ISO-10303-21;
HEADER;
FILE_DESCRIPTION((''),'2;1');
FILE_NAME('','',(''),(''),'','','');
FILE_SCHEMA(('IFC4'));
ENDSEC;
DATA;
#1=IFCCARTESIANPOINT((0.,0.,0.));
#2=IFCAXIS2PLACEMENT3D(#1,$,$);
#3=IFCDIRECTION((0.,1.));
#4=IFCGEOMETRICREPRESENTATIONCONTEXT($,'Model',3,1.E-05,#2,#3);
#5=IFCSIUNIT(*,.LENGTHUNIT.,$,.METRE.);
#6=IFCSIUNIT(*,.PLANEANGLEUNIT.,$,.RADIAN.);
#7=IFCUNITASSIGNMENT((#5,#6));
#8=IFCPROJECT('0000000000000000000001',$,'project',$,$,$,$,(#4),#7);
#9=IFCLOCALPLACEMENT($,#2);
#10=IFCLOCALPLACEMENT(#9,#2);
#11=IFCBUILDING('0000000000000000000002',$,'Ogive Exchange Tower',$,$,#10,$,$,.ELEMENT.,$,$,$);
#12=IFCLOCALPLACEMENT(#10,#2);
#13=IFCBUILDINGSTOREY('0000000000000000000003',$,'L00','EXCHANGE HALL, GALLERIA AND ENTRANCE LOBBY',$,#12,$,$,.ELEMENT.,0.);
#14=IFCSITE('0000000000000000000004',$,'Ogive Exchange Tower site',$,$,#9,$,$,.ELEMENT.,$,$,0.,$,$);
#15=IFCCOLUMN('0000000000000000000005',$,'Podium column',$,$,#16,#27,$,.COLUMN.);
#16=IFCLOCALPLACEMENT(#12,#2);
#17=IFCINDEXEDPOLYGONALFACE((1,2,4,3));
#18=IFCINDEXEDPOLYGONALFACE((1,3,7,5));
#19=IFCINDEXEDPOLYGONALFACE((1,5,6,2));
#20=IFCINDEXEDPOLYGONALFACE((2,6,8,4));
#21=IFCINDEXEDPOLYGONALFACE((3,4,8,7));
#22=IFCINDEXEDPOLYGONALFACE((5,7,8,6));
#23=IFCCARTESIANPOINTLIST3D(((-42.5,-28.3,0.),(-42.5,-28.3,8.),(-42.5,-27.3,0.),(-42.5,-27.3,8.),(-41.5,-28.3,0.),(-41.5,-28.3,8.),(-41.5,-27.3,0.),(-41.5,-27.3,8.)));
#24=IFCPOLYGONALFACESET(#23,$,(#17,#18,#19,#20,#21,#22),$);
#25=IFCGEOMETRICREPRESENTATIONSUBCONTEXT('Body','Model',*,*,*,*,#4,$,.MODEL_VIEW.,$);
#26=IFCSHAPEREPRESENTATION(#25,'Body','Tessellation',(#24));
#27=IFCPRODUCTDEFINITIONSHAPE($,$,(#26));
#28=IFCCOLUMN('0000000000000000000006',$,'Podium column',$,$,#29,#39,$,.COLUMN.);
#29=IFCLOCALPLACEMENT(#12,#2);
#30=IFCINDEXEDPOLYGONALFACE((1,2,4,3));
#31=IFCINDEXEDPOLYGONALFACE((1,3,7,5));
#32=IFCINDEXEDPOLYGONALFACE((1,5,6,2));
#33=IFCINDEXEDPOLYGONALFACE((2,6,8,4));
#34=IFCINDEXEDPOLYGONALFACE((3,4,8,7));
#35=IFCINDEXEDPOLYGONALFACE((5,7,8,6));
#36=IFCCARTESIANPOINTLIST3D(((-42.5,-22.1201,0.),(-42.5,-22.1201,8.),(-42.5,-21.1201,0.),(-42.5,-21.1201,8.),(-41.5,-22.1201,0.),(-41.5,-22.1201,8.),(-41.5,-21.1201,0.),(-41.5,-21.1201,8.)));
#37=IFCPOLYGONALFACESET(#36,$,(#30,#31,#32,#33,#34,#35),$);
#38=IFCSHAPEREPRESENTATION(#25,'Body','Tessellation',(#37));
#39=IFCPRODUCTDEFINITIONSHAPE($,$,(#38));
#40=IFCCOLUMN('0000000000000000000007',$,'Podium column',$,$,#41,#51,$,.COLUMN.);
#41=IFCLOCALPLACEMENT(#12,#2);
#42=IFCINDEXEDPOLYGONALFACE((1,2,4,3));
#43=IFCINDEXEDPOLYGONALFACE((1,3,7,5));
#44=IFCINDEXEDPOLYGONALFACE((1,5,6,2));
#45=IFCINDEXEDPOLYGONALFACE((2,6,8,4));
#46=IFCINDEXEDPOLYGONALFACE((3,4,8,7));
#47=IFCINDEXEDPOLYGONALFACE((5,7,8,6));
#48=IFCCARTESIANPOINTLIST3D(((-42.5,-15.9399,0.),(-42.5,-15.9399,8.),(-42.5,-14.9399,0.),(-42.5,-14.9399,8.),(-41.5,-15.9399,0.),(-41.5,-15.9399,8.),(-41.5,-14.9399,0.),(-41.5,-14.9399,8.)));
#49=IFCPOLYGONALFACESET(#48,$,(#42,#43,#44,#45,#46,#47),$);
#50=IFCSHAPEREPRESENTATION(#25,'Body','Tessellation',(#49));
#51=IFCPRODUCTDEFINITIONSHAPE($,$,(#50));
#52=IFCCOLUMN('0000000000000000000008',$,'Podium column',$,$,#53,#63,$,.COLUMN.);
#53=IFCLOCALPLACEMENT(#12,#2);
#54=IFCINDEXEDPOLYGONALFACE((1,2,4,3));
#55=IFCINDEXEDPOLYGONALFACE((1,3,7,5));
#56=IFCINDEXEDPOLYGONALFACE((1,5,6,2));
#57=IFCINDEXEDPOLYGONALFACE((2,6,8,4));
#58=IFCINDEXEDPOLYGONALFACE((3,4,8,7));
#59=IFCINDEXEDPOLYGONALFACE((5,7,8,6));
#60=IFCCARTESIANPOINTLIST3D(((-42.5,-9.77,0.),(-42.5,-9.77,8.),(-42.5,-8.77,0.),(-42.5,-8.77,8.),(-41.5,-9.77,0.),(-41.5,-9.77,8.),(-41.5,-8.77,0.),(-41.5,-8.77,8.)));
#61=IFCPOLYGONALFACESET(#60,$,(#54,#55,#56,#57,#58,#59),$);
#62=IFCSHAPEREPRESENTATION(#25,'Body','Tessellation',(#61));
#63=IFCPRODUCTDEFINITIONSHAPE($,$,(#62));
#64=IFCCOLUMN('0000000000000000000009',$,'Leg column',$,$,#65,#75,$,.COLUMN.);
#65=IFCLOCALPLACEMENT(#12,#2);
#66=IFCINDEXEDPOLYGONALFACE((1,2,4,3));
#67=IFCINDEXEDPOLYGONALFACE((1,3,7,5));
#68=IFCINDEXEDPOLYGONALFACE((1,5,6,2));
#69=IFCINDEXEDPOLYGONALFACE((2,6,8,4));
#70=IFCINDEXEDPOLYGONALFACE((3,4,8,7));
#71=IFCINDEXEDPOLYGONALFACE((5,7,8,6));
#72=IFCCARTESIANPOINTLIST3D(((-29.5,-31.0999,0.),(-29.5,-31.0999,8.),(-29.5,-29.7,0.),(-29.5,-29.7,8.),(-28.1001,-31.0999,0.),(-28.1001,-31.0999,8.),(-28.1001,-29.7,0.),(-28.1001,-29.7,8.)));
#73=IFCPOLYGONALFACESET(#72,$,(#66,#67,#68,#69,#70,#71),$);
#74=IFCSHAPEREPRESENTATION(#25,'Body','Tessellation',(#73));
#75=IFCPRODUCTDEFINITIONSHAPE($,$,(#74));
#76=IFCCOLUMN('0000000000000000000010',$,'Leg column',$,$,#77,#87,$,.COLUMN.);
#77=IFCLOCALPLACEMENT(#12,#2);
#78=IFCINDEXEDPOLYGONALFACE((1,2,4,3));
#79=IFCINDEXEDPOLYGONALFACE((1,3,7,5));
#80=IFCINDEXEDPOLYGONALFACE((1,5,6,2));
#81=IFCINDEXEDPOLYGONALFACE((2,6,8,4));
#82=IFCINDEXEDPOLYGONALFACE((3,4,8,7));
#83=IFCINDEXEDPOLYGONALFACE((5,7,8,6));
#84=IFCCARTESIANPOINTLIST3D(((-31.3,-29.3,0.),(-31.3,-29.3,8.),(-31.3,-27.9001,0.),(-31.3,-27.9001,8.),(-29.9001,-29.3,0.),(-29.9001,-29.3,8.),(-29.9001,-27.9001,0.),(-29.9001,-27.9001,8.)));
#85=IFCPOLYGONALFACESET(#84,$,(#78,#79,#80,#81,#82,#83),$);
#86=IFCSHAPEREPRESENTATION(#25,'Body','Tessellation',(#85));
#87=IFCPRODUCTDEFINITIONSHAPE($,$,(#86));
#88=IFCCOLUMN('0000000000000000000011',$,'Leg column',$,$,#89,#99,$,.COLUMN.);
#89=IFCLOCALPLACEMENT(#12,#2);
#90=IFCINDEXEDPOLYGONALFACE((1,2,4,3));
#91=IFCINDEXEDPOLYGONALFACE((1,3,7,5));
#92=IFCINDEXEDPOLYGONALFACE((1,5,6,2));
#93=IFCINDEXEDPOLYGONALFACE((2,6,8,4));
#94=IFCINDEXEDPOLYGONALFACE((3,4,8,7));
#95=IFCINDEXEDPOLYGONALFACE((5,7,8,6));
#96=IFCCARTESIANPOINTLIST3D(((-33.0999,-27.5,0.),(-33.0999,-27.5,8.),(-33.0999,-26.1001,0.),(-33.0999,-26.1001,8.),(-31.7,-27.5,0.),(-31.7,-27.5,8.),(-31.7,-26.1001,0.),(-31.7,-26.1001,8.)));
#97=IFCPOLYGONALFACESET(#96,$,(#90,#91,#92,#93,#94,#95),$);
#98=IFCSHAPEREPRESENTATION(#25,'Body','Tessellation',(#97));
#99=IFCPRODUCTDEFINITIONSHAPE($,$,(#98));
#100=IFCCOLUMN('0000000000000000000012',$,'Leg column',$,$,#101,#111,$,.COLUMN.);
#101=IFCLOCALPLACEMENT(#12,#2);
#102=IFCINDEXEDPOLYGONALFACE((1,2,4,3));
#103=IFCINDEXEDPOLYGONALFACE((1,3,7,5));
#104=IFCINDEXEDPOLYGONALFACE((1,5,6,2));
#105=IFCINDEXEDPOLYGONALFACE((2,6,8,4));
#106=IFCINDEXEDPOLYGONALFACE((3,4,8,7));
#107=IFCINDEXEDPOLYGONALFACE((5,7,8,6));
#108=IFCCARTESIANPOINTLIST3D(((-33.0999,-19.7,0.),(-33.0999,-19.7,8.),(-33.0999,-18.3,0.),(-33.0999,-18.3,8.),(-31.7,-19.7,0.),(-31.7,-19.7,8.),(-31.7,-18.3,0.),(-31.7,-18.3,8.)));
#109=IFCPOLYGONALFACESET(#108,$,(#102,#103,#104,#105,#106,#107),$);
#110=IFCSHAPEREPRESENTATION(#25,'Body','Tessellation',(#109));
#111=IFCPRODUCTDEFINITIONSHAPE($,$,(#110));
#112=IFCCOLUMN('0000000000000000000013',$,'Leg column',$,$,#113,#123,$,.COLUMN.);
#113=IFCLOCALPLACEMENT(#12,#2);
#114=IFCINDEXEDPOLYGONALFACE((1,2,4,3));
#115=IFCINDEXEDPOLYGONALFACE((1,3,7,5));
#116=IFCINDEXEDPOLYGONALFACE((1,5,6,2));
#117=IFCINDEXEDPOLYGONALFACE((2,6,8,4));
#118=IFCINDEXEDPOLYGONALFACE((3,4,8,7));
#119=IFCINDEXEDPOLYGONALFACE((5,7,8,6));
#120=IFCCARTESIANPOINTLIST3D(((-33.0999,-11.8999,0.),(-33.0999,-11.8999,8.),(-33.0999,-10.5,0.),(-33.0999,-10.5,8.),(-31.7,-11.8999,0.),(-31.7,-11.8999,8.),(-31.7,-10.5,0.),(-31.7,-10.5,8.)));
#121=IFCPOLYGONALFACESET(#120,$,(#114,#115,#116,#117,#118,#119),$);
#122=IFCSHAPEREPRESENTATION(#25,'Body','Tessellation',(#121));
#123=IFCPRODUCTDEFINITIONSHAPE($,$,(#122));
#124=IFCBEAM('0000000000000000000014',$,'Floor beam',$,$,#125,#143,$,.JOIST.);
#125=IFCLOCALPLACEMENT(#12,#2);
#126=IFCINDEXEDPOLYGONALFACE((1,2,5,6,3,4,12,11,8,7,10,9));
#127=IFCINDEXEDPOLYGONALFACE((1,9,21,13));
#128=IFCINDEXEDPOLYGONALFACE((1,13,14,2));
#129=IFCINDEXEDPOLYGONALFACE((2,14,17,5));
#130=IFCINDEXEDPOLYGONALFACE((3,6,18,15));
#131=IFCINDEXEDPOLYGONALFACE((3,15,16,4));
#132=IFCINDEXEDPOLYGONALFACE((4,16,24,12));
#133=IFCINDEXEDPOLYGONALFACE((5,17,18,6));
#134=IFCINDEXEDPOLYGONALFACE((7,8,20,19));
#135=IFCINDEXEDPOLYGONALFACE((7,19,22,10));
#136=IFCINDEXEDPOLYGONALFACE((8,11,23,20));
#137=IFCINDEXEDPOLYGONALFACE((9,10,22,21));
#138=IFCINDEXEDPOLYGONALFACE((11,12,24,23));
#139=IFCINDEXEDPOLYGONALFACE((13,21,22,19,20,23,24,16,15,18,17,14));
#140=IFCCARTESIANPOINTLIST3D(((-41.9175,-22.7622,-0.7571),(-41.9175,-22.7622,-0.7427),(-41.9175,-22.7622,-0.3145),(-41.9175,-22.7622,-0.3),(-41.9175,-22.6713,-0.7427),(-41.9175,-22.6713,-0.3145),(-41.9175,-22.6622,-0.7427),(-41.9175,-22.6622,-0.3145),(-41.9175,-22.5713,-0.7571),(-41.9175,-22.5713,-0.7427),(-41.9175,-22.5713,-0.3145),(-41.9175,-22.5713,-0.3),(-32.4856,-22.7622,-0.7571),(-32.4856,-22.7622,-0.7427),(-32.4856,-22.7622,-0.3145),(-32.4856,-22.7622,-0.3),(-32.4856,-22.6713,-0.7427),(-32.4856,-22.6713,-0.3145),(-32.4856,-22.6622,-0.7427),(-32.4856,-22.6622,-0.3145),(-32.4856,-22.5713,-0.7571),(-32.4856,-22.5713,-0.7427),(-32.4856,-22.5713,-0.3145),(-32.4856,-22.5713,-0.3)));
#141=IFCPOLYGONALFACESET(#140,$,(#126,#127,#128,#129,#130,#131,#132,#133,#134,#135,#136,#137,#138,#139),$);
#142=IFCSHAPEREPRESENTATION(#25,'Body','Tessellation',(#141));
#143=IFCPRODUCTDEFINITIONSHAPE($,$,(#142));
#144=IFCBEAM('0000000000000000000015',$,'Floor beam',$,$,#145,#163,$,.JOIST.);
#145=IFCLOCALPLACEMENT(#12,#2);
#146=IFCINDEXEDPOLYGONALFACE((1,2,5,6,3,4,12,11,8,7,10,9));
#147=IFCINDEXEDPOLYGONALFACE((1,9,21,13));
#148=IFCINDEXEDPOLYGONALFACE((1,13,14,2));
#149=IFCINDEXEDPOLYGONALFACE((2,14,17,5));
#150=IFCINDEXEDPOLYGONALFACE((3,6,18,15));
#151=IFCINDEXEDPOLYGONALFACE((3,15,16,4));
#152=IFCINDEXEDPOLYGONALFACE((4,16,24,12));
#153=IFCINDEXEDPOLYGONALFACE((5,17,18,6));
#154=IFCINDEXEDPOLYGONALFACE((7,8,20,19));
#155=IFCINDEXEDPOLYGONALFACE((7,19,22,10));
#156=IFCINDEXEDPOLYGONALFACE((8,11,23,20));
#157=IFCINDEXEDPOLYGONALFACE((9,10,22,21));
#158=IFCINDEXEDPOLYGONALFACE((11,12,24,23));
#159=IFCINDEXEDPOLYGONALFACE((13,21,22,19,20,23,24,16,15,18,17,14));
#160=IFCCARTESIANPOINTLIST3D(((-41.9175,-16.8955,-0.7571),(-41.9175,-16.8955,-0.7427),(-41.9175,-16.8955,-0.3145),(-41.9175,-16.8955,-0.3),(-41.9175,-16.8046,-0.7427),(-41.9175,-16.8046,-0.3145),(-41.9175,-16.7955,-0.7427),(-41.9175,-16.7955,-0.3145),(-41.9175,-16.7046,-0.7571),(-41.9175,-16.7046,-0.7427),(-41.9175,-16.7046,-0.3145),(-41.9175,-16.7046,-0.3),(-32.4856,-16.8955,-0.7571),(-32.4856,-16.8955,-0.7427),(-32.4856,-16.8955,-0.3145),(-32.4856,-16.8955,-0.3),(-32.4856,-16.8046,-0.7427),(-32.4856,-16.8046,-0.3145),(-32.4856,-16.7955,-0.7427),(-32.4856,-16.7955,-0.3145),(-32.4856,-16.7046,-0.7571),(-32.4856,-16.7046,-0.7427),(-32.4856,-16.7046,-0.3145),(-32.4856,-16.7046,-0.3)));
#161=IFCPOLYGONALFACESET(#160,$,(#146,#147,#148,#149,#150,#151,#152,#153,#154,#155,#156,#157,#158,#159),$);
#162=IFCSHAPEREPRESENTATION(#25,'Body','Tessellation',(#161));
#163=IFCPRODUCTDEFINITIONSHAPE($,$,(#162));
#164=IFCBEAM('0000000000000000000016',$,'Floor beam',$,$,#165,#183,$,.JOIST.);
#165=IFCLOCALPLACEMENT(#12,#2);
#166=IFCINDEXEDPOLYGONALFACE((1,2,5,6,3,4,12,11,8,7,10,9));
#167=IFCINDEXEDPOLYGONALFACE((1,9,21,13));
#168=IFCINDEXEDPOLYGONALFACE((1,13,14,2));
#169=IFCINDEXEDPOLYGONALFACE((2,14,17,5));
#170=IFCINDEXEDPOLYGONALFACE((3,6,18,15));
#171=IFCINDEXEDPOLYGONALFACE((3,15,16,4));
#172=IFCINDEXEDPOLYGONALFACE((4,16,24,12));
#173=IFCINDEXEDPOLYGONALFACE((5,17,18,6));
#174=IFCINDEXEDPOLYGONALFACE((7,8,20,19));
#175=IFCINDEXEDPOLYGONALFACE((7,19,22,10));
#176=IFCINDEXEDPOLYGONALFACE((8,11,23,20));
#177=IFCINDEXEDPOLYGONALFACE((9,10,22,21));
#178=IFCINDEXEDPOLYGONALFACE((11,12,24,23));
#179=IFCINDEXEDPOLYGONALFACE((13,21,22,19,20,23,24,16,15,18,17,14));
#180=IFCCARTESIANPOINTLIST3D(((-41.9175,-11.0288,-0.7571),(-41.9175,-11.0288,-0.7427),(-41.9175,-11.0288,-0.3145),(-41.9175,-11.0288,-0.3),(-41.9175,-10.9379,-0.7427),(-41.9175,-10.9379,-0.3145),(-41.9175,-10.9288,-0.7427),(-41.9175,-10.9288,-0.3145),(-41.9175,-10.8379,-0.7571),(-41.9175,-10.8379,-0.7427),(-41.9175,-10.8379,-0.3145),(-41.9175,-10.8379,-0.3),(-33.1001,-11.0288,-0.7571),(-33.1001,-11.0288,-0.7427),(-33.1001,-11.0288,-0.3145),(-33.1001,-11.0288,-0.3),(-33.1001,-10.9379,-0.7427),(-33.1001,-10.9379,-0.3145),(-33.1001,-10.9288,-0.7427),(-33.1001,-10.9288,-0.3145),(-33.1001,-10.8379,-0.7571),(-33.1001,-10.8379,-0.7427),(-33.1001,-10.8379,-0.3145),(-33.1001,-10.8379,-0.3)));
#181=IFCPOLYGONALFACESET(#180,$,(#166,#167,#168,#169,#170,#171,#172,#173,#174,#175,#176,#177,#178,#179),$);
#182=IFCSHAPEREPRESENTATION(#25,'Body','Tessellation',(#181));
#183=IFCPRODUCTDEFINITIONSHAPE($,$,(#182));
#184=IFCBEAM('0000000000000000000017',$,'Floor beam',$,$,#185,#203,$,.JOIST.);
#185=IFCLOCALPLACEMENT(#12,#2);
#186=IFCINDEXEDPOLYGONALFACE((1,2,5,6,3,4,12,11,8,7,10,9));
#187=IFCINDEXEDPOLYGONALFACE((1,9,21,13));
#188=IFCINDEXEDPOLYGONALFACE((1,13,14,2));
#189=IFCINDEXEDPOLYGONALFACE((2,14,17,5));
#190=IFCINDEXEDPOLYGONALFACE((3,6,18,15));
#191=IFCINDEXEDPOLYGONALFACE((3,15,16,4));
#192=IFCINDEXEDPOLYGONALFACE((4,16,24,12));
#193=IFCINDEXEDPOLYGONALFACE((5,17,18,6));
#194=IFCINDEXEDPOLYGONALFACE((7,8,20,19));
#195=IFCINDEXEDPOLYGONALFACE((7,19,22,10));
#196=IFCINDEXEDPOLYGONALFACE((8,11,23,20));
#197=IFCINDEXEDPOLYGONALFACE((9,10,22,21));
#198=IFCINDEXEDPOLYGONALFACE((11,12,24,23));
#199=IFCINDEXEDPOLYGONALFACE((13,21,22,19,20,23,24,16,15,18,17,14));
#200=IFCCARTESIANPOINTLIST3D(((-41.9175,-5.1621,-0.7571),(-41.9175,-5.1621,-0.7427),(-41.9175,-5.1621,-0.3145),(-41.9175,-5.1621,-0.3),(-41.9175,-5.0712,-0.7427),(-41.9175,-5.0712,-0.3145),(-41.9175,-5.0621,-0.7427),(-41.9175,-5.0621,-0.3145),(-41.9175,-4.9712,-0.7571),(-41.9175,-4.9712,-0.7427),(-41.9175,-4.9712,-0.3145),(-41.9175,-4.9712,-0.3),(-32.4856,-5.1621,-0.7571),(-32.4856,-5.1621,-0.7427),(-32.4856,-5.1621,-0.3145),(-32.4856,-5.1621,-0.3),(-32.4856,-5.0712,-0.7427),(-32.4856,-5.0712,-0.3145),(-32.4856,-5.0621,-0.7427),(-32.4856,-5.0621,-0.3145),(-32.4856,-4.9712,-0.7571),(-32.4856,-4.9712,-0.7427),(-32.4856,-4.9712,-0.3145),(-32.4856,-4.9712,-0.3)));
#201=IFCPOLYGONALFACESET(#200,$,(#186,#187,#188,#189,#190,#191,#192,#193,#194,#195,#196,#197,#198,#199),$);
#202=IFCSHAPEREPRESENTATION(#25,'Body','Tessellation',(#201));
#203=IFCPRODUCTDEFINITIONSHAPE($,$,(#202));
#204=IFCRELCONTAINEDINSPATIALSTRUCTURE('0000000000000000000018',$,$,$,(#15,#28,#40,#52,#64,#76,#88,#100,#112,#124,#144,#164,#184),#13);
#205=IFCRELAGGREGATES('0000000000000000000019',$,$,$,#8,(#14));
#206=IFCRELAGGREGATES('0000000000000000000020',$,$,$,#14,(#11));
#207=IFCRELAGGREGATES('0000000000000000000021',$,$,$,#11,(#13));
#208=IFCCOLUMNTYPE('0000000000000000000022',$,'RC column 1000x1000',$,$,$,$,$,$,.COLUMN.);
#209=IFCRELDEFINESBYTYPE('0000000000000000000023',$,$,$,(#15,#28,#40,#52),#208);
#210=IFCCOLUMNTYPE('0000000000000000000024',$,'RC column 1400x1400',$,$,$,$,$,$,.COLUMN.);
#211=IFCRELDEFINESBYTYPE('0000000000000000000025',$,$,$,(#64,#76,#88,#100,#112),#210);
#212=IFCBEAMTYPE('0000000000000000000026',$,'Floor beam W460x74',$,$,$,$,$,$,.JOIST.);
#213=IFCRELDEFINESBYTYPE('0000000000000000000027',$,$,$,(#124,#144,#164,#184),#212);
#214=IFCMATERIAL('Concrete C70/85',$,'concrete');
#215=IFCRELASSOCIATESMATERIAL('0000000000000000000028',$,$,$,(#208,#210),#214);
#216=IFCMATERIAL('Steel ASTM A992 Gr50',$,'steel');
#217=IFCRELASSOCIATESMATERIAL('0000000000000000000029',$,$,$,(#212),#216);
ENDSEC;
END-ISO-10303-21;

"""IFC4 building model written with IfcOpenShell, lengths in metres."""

from ifc_helpers import new_model, si_unit, direction, frame, origin, origin_2d, place, context, subcontext, project, spatial, rectangle, i_section, extrude, material, material_profile, profile_set, type_object, element, save


model = new_model("IFC4")

# Units and contexts
model_context = context("Model", 3, precision=1e-05, world=origin(), true_north=direction((0.0, 1.0)))
body_context = subcontext(model_context, "Body", "Model", "MODEL_VIEW")
ifc_project = project(units=[si_unit("LENGTHUNIT", "METRE"), si_unit("PLANEANGLEUNIT", "RADIAN")], contexts=[model_context])

# Site, building, storey
site_placement = place(None, origin())
site = spatial("IfcSite", under=ifc_project, at=site_placement, Name="Ogive Exchange Tower site", CompositionType="ELEMENT", RefElevation=0.0)
building_placement = place(site_placement, origin())
building = spatial("IfcBuilding", under=site, at=building_placement, Name="Ogive Exchange Tower", CompositionType="ELEMENT")
storey_placement = place(building_placement, origin())
storey = spatial("IfcBuildingStorey", under=building, at=storey_placement, Name="L00", Description="EXCHANGE HALL, GALLERIA AND ENTRANCE LOBBY", CompositionType="ELEMENT", Elevation=0.0)

# Columns
ifc_material_1 = material(Name="Concrete C70/85", Category="concrete")
ifc_material_profile_1 = material_profile(ifc_material_1, rectangle(XDim=1.0, YDim=1.0, at=origin_2d()), Name="RC 1000x1000")
ifc_profile_set_1 = profile_set([ifc_material_profile_1], Name="Concrete C70/85")
column_type_1 = type_object("IfcColumnType", Name="RC column 1000x1000", PredefinedType="COLUMN", material=ifc_profile_set_1)
for number, where, z_axis, x_axis, name in (
    (1, (-42.0, -27.8, 0.0), (0.0, 0.0, 1.0), (1.0, 0.0, 0.0), "Podium column"),
    (2, (-42.0, -21.6201, 0.0), (0.0, 0.0, 1.0), (1.0, 0.0, 0.0), "Podium column"),
    (3, (-42.0, -15.4399, 0.0), (0.0, 0.0, 1.0), (1.0, 0.0, 0.0), "Podium column"),
    (4, (-42.0, -9.27, 0.0), (0.0, 0.0, 1.0), (1.0, 0.0, 0.0), "Podium column"),
):
    element("IfcColumn", number, at=place(storey_placement, frame(where, z_axis=z_axis, x_axis=x_axis)), inside=storey, type_object=column_type_1, Name=name, PredefinedType="COLUMN", context=body_context, shape_type="SweptSolid", body=[
        extrude(rectangle(XDim=1.0, YDim=1.0, at=origin_2d()), origin(), (0.0, 0.0, 1.0), 8.0),
    ])
ifc_material_profile_2 = material_profile(ifc_material_1, rectangle(XDim=1.3999, YDim=1.3999, at=origin_2d()), Name="RC 1400x1400")
ifc_profile_set_2 = profile_set([ifc_material_profile_2], Name="Concrete C70/85")
column_type_2 = type_object("IfcColumnType", Name="RC column 1400x1400", PredefinedType="COLUMN", material=ifc_profile_set_2)
for number, where, z_axis, x_axis, name in (
    (5, (-28.8, -30.3999, 0.0), (0.0, 0.0, 1.0), (1.0, 0.0, 0.0), "Leg column"),
    (6, (-30.6001, -28.6001, 0.0), (0.0, 0.0, 1.0), (1.0, 0.0, 0.0), "Leg column"),
    (7, (-32.3999, -26.8, 0.0), (0.0, 0.0, 1.0), (1.0, 0.0, 0.0), "Leg column"),
    (8, (-32.3999, -19.0, 0.0), (0.0, 0.0, 1.0), (1.0, 0.0, 0.0), "Leg column"),
    (9, (-32.3999, -11.2, 0.0), (0.0, 0.0, 1.0), (1.0, 0.0, 0.0), "Leg column"),
):
    element("IfcColumn", number, at=place(storey_placement, frame(where, z_axis=z_axis, x_axis=x_axis)), inside=storey, type_object=column_type_2, Name=name, PredefinedType="COLUMN", context=body_context, shape_type="SweptSolid", body=[
        extrude(rectangle(XDim=1.3999, YDim=1.3999, at=origin_2d()), origin(), (0.0, 0.0, 1.0), 8.0),
    ])

# Beams
ifc_material_2 = material(Name="Steel ASTM A992 Gr50", Category="steel")
ifc_material_profile_3 = material_profile(ifc_material_2, i_section(OverallWidth=0.1909, OverallDepth=0.457, WebThickness=0.009, FlangeThickness=0.0144, at=origin_2d()), Name="W460x74")
ifc_profile_set_3 = profile_set([ifc_material_profile_3], Name="Steel ASTM A992 Gr50")
beam_type_1 = type_object("IfcBeamType", Name="Floor beam W460x74", PredefinedType="JOIST", material=ifc_profile_set_3)
for number, where, z_axis, x_axis, name in (
    (10, (-41.9175, -22.6667, -0.5286), (1.0, 0.0, 0.0), (0.0, 1.0, 0.0), "Floor beam"),
    (11, (-41.9175, -16.8, -0.5286), (1.0, 0.0, 0.0), (0.0, 1.0, 0.0), "Floor beam"),
):
    element("IfcBeam", number, at=place(storey_placement, frame(where, z_axis=z_axis, x_axis=x_axis)), inside=storey, type_object=beam_type_1, Name=name, PredefinedType="JOIST", context=body_context, shape_type="SweptSolid", body=[
        extrude(i_section(OverallWidth=0.1909, OverallDepth=0.457, WebThickness=0.009, FlangeThickness=0.0144, at=origin_2d()), origin(), (0.0, 0.0, 1.0), 9.4319),
    ])
beam_1_placement = place(storey_placement, frame((-41.9175, -10.9333, -0.5286), z_axis=(1.0, 0.0, 0.0), x_axis=(0.0, 1.0, 0.0)))
element("IfcBeam", 12, at=beam_1_placement, inside=storey, type_object=beam_type_1, Name="Floor beam", PredefinedType="JOIST", context=body_context, shape_type="SweptSolid", body=[
    extrude(i_section(OverallWidth=0.1909, OverallDepth=0.457, WebThickness=0.009, FlangeThickness=0.0144, at=origin_2d()), origin(), (0.0, 0.0, 1.0), 8.8174),
])
beam_2_placement = place(storey_placement, frame((-41.9175, -5.0667, -0.5286), z_axis=(1.0, 0.0, 0.0), x_axis=(0.0, 1.0, 0.0)))
element("IfcBeam", 13, at=beam_2_placement, inside=storey, type_object=beam_type_1, Name="Floor beam", PredefinedType="JOIST", context=body_context, shape_type="SweptSolid", body=[
    extrude(i_section(OverallWidth=0.1909, OverallDepth=0.457, WebThickness=0.009, FlangeThickness=0.0144, at=origin_2d()), origin(), (0.0, 0.0, 1.0), 9.4319),
])

save(model, "model.ifc")
